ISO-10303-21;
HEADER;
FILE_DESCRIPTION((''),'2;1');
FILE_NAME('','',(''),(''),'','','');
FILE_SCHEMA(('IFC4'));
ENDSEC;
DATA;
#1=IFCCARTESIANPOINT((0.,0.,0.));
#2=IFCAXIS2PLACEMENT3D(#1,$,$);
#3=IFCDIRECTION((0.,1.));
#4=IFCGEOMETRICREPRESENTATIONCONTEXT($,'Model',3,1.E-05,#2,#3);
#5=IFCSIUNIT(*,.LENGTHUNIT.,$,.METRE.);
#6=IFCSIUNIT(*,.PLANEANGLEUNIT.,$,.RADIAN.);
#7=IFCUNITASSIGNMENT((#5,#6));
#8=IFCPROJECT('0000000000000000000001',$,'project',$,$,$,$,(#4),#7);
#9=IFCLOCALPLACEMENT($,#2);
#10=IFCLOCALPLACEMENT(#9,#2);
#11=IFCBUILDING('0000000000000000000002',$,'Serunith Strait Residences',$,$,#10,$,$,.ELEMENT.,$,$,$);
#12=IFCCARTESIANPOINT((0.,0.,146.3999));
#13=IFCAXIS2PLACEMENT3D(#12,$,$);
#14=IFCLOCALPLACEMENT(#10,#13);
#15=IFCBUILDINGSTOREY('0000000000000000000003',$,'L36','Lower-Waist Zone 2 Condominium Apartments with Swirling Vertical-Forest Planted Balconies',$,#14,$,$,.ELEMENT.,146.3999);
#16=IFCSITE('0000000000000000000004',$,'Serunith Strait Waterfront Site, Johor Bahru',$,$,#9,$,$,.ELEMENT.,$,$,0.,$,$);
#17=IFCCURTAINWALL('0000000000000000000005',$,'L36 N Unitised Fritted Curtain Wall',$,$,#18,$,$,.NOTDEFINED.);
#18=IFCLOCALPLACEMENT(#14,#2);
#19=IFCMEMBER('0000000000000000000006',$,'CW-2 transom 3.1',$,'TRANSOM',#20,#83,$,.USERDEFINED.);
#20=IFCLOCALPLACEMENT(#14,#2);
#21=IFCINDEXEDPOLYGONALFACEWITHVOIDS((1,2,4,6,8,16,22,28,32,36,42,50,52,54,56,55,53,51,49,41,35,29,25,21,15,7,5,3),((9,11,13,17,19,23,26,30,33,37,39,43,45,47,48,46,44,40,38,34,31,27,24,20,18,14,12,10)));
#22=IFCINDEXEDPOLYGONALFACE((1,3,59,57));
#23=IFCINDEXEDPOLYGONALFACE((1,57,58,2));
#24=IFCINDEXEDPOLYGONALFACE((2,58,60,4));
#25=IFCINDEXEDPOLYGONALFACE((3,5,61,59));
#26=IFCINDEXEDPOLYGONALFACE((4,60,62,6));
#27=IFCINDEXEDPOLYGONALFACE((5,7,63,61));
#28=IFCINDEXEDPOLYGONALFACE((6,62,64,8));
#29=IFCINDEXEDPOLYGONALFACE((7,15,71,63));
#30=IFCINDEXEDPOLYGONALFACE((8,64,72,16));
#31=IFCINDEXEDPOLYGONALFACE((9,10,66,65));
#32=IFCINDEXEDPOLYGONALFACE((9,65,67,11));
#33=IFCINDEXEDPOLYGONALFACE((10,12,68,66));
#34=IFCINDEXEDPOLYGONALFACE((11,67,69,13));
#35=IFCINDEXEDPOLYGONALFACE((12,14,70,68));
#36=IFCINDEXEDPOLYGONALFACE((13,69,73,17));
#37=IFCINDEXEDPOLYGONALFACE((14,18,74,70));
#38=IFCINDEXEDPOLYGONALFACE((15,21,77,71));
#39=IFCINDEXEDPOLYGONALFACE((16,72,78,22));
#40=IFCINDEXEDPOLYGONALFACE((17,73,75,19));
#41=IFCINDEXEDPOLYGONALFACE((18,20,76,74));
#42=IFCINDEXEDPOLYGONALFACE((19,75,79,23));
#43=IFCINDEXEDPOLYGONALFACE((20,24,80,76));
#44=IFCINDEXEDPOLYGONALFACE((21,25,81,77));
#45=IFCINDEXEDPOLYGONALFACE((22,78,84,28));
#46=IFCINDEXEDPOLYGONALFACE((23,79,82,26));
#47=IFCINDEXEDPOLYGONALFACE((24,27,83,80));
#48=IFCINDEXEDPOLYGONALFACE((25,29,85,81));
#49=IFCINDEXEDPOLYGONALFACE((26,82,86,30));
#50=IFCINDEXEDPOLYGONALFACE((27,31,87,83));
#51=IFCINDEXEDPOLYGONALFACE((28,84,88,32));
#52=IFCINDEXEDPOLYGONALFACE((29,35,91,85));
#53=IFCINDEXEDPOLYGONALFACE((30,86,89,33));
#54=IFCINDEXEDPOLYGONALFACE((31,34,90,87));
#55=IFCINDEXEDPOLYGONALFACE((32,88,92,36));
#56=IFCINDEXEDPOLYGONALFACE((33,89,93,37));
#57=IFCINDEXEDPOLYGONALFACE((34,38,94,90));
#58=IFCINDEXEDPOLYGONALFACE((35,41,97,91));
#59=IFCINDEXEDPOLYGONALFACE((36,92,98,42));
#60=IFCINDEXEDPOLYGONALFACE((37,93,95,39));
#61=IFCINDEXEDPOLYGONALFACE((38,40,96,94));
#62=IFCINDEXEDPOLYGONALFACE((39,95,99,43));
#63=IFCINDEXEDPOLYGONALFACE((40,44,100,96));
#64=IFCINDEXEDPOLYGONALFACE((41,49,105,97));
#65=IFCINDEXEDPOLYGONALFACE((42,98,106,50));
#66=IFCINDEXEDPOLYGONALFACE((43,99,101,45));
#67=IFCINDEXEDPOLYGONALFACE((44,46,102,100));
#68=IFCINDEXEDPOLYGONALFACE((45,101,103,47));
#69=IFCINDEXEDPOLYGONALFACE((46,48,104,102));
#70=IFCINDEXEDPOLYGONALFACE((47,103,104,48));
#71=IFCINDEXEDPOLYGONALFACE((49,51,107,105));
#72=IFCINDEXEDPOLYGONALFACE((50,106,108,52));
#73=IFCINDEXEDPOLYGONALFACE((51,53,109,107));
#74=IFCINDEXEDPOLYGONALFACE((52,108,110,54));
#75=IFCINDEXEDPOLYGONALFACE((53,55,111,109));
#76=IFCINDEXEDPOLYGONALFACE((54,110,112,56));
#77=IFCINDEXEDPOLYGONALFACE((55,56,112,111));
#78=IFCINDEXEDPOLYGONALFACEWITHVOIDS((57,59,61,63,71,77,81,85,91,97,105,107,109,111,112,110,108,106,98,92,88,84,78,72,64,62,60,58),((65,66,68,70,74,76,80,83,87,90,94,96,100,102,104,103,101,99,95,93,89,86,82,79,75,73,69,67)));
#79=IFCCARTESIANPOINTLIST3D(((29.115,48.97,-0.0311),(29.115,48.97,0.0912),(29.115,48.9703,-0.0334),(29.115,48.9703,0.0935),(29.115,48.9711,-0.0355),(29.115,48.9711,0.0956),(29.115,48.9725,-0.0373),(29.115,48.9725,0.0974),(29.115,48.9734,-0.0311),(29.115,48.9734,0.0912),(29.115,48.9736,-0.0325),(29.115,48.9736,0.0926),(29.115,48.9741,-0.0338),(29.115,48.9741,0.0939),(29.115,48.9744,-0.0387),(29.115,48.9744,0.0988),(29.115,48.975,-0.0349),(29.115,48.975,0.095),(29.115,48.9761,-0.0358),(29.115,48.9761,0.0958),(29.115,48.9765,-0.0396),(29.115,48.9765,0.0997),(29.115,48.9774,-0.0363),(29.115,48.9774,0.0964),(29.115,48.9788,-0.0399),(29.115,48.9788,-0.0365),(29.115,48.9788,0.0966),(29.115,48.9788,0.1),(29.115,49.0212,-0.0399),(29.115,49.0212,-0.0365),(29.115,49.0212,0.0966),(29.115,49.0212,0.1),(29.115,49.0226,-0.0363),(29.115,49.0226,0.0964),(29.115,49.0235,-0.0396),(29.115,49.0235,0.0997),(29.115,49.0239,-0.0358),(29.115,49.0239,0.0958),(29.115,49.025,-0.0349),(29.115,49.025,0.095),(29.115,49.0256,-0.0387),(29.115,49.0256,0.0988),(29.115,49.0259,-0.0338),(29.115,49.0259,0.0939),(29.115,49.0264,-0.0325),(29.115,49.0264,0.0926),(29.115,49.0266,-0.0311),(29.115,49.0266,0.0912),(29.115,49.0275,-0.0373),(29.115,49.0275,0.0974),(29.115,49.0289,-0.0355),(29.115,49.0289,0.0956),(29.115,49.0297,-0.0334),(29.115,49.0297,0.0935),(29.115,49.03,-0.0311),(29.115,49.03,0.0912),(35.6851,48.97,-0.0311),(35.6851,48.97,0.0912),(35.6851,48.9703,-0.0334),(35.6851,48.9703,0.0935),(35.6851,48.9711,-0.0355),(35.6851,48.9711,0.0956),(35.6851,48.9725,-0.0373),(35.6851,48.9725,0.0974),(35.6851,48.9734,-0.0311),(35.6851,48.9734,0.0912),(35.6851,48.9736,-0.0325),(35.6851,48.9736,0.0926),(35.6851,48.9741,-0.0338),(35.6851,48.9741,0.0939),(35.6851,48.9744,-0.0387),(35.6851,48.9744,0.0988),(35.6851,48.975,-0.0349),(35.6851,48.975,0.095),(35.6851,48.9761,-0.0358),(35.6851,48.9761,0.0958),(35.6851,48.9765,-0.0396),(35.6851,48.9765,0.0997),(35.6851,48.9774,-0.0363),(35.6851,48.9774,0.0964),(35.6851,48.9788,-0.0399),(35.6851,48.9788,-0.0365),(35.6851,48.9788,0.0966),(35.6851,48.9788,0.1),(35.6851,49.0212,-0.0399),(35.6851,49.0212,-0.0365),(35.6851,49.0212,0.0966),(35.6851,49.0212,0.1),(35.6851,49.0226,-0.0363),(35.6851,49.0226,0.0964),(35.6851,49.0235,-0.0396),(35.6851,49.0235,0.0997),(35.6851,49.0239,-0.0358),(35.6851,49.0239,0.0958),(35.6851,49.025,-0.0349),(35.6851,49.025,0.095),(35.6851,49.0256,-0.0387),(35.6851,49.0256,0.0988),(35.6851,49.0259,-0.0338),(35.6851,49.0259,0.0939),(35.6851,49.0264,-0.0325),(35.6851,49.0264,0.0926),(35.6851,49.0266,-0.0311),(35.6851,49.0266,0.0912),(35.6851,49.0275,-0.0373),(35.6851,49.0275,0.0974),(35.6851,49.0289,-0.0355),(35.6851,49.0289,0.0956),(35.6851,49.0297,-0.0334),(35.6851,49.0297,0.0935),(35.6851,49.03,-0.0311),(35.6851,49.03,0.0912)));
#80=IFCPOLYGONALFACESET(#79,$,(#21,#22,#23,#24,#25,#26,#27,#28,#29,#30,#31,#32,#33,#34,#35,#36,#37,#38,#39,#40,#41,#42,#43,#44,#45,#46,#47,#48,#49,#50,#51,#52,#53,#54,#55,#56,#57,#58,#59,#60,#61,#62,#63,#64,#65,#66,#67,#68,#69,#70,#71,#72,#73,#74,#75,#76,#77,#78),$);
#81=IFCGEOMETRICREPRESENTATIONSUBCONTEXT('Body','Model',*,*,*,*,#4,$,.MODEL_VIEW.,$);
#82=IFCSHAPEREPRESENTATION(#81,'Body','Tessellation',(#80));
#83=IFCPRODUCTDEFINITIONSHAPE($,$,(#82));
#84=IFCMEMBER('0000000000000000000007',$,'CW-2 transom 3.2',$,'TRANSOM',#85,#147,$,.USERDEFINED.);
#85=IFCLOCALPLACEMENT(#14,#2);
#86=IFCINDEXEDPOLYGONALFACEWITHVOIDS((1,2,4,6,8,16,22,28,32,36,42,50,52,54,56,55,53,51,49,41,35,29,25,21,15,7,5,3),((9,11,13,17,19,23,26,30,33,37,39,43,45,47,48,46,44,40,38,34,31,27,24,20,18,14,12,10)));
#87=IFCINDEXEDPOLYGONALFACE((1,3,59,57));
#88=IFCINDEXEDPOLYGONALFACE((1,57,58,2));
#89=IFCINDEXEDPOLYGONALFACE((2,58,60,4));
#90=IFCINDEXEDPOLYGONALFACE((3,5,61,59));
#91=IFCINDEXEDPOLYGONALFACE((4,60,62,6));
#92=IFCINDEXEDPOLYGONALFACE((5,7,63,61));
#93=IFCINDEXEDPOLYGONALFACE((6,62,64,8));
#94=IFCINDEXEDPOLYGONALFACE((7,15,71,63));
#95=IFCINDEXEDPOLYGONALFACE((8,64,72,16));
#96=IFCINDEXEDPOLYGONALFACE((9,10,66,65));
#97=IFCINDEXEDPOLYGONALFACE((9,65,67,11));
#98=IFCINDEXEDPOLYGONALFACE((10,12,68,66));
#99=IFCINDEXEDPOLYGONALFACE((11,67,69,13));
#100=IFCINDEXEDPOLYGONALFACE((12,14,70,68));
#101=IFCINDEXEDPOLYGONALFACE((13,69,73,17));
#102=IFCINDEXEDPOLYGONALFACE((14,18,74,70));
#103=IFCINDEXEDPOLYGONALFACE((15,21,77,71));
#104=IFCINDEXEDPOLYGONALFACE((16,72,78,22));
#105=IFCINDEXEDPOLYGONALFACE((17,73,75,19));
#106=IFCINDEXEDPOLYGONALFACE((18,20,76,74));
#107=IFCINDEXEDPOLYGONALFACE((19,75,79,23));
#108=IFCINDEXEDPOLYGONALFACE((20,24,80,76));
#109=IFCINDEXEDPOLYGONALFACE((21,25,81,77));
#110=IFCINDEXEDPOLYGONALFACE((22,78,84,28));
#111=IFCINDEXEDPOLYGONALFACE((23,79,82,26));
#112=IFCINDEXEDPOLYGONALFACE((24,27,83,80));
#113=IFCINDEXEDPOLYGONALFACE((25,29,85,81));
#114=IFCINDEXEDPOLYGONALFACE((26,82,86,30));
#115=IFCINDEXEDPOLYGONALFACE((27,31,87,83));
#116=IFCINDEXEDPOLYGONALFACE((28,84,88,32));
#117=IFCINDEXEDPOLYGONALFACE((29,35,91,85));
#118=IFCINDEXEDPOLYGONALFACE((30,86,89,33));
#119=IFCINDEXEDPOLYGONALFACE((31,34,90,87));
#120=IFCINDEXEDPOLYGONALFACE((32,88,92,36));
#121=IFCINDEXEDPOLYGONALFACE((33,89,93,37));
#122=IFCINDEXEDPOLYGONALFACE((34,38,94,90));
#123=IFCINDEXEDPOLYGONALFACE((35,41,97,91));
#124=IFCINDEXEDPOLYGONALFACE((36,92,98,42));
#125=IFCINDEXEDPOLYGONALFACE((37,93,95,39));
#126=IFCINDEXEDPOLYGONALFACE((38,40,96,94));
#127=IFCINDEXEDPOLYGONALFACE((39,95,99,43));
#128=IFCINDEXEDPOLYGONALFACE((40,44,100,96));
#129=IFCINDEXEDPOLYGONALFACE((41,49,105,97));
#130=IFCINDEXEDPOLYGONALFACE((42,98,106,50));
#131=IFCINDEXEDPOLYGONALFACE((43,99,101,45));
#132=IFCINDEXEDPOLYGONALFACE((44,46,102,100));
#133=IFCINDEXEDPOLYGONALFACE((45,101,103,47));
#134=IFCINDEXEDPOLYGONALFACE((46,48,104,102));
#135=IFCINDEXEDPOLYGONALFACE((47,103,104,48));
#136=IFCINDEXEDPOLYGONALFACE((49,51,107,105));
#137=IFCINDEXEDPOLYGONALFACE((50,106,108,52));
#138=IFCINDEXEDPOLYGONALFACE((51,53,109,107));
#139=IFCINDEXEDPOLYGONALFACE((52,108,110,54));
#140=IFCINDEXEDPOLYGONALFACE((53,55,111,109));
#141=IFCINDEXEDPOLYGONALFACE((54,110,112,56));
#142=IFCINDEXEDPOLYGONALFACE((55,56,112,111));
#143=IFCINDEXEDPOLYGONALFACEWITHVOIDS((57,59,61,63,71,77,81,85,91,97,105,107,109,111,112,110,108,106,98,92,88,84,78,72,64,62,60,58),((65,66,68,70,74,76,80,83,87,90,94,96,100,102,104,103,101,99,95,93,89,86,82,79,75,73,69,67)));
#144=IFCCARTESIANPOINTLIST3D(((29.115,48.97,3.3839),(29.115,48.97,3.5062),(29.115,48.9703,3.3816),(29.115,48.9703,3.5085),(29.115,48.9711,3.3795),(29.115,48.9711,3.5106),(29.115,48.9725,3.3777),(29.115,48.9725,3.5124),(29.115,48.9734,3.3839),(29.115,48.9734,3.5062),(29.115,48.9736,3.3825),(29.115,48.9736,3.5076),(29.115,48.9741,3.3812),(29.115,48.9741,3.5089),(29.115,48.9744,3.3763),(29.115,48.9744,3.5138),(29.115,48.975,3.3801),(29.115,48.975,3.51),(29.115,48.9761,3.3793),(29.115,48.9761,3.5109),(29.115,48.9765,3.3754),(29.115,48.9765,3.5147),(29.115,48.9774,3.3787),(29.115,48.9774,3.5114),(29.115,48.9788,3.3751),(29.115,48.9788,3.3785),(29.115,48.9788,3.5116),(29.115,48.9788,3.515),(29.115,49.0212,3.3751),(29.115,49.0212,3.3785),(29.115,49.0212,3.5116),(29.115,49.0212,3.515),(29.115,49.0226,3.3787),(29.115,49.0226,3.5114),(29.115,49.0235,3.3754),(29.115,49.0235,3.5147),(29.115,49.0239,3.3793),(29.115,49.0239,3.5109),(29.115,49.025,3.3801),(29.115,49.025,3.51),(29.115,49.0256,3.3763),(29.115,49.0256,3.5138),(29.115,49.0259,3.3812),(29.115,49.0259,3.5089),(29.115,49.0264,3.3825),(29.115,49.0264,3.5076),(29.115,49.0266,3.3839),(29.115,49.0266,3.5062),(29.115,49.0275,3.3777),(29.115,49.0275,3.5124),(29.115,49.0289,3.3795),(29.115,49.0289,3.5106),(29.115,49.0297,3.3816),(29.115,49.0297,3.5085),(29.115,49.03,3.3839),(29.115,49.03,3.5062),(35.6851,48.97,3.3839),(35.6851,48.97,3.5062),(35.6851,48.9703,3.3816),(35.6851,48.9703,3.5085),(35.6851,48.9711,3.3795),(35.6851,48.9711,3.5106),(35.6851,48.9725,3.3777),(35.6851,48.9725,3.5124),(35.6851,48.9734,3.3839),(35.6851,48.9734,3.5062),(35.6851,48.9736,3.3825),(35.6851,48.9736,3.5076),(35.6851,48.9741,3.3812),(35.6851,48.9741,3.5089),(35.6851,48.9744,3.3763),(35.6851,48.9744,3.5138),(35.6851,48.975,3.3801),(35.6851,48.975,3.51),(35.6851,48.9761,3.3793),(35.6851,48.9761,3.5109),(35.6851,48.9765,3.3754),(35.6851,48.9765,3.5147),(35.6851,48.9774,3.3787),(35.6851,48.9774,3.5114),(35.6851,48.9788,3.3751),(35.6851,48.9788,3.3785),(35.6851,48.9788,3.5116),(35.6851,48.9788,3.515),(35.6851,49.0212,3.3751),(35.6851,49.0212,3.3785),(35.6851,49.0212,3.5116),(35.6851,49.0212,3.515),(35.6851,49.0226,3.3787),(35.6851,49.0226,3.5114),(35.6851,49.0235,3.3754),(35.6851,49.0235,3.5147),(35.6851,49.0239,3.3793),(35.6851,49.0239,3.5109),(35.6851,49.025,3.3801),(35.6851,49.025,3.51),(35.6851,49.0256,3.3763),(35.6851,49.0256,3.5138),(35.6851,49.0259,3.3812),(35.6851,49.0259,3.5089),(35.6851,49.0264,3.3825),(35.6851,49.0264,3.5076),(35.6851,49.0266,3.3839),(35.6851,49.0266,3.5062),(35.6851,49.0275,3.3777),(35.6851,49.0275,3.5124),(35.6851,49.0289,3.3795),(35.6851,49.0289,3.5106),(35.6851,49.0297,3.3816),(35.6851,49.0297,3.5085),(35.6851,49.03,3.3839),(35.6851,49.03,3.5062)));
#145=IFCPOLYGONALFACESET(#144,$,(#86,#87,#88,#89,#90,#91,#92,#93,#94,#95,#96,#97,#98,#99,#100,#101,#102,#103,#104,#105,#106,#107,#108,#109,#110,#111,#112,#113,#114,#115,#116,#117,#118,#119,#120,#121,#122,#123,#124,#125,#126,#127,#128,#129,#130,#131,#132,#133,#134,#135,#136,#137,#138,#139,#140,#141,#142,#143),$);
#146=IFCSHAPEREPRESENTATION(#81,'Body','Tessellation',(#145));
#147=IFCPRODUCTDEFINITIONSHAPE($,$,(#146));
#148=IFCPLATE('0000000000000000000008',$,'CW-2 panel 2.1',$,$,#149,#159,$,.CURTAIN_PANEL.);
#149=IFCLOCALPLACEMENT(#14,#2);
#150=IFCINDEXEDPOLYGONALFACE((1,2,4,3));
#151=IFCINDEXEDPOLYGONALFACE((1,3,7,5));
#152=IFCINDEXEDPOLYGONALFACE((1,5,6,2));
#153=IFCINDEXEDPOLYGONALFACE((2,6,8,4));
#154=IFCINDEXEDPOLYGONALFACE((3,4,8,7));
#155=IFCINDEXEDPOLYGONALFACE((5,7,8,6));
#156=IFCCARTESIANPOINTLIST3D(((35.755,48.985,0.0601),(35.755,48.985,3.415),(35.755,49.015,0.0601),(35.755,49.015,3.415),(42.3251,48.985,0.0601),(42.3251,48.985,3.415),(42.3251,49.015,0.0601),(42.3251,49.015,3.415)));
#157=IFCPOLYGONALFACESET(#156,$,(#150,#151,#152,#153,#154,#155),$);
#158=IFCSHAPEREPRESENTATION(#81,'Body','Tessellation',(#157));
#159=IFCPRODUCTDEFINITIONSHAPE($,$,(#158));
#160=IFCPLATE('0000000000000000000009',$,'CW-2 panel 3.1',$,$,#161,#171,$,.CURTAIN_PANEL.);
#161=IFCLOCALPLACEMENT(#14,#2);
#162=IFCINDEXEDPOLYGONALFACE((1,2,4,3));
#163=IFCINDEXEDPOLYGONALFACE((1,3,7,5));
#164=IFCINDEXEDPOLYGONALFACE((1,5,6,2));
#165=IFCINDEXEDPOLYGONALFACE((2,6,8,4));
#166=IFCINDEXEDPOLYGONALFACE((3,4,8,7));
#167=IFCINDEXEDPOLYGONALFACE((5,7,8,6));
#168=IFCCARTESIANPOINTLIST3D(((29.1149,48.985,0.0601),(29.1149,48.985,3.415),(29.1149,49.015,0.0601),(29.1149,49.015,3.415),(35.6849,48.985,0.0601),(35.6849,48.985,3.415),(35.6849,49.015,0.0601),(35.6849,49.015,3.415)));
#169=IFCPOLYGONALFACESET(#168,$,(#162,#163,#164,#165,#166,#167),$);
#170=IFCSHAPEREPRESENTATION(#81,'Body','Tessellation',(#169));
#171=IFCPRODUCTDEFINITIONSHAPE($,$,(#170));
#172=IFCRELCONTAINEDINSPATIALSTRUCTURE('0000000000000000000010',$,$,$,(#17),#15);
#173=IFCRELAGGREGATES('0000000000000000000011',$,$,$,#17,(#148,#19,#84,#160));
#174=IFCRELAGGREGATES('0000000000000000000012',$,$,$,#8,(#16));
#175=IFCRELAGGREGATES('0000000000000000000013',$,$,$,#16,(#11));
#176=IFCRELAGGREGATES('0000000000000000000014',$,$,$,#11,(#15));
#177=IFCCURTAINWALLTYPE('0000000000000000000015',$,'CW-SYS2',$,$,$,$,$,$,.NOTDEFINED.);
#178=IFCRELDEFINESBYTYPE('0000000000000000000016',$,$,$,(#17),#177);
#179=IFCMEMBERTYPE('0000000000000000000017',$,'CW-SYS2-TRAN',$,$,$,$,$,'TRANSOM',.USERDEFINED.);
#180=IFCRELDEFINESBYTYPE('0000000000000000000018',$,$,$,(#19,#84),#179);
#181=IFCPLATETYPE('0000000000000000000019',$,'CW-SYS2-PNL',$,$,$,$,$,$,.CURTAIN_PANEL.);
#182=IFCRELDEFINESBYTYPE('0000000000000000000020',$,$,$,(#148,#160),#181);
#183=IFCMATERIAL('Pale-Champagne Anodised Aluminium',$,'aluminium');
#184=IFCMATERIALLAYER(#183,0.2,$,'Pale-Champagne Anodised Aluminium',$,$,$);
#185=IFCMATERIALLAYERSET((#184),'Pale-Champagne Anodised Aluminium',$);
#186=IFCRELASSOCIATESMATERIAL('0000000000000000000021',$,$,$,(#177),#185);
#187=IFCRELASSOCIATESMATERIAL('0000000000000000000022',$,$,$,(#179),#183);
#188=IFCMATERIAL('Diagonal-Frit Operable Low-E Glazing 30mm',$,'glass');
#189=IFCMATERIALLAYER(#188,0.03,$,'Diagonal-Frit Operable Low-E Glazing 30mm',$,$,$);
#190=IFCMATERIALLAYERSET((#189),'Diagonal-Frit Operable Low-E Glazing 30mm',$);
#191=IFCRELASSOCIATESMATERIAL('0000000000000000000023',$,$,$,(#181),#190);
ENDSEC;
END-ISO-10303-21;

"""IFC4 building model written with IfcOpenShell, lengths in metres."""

from ifc_helpers import new_model, si_unit, direction, frame, origin, origin_2d, place, context, subcontext, project, spatial, rectangle, hollow_rectangle, extrude, source, transform, mapped, material, layer, layer_set, material_profile, profile_set, type_object, element, aggregate, save


model = new_model("IFC4")

# Units and contexts
model_context = context("Model", 3, precision=1e-05, world=origin(), true_north=direction((0.0, 1.0)))
body_context = subcontext(model_context, "Body", "Model", "MODEL_VIEW")
ifc_project = project(units=[si_unit("LENGTHUNIT", "METRE"), si_unit("PLANEANGLEUNIT", "RADIAN")], contexts=[model_context])

# Site, building, storey
site_placement = place(None, origin())
site = spatial("IfcSite", under=ifc_project, at=site_placement, Name="Serunith Strait Waterfront Site, Johor Bahru", CompositionType="ELEMENT", RefElevation=0.0)
building_placement = place(site_placement, origin())
building = spatial("IfcBuilding", under=site, at=building_placement, Name="Serunith Strait Residences", CompositionType="ELEMENT")
storey_placement = place(building_placement, frame((0.0, 0.0, 146.3999)))
storey = spatial("IfcBuildingStorey", under=building, at=storey_placement, Name="L36", Description="Lower-Waist Zone 2 Condominium Apartments with Swirling Vertical-Forest Planted Balconies", CompositionType="ELEMENT", Elevation=146.3999)

# Curtain wall, members, plates
ifc_material_1 = material(Name="Pale-Champagne Anodised Aluminium", Category="aluminium")
ifc_layer_1 = layer(ifc_material_1, 0.2, Name="Pale-Champagne Anodised Aluminium")
ifc_layer_set_1 = layer_set([ifc_layer_1], Name="Pale-Champagne Anodised Aluminium")
curtain_wall_type = type_object("IfcCurtainWallType", Name="CW-SYS2", PredefinedType="NOTDEFINED", material=ifc_layer_set_1)
curtain_wall_placement = place(storey_placement, origin())
curtain_wall = element("IfcCurtainWall", 1, at=curtain_wall_placement, inside=storey, type_object=curtain_wall_type, Name="L36 N Unitised Fritted Curtain Wall", PredefinedType="NOTDEFINED")
ifc_material_profile_1 = material_profile(ifc_material_1, hollow_rectangle(XDim=0.0601, YDim=0.1399, WallThickness=0.0034, InnerFilletRadius=0.0054, OuterFilletRadius=0.0088, at=origin_2d()), Name="ALU 140x60x3.5")
ifc_profile_set_1 = profile_set([ifc_material_profile_1], Name="Pale-Champagne Anodised Aluminium")
member_type_1 = type_object("IfcMemberType", Name="CW-SYS2-TRAN", ElementType="TRANSOM", PredefinedType="USERDEFINED", material=ifc_profile_set_1)
shared_shape_1 = source(origin(), body_context, "Body", "SweptSolid", [
    extrude(hollow_rectangle(XDim=0.0601, YDim=0.1399, WallThickness=0.0034, InnerFilletRadius=0.0054, OuterFilletRadius=0.0088, at=origin_2d()), origin(), (0.0, 0.0, 1.0), 6.5701),
])
member_1_placement = place(storey_placement, frame((35.6851, 49.0, 0.03), z_axis=(-1.0, 0.0, 0.0), x_axis=(0.0, -1.0, 0.0)))
member_1 = element("IfcMember", 2, at=member_1_placement, type_object=member_type_1, Name="CW-2 transom 3.1", ObjectType="TRANSOM", PredefinedType="USERDEFINED", context=body_context, shape_type="MappedRepresentation", body=[
    mapped(shared_shape_1, transform((0.0, 0.0, 0.0), scale=1.0)),
])
member_2_placement = place(storey_placement, frame((35.6851, 49.0, 3.4451), z_axis=(-1.0, 0.0, 0.0), x_axis=(0.0, -1.0, 0.0)))
member_2 = element("IfcMember", 3, at=member_2_placement, type_object=member_type_1, Name="CW-2 transom 3.2", ObjectType="TRANSOM", PredefinedType="USERDEFINED", context=body_context, shape_type="MappedRepresentation", body=[
    mapped(shared_shape_1, transform((0.0, 0.0, 0.0), scale=1.0)),
])
ifc_material_2 = material(Name="Diagonal-Frit Operable Low-E Glazing 30mm", Category="glass")
ifc_layer_2 = layer(ifc_material_2, 0.03, Name="Diagonal-Frit Operable Low-E Glazing 30mm")
ifc_layer_set_2 = layer_set([ifc_layer_2], Name="Diagonal-Frit Operable Low-E Glazing 30mm")
plate_type = type_object("IfcPlateType", Name="CW-SYS2-PNL", PredefinedType="CURTAIN_PANEL", material=ifc_layer_set_2)
shared_shape_2 = source(origin(), body_context, "Body", "SweptSolid", [
    extrude(rectangle(XDim=6.5701, YDim=0.03, at=origin_2d()), origin(), (0.0, 0.0, 1.0), 3.355),
])
plate_1_placement = place(storey_placement, frame((39.04, 49.0, 0.0601), z_axis=(0.0, 0.0, 1.0), x_axis=(-1.0, 0.0, 0.0)))
plate_1 = element("IfcPlate", 4, at=plate_1_placement, type_object=plate_type, Name="CW-2 panel 2.1", PredefinedType="CURTAIN_PANEL", context=body_context, shape_type="MappedRepresentation", body=[
    mapped(shared_shape_2, transform((0.0, 0.0, 0.0), scale=1.0)),
])
plate_2_placement = place(storey_placement, frame((32.3999, 49.0, 0.0601), z_axis=(0.0, 0.0, 1.0), x_axis=(-1.0, 0.0, 0.0)))
plate_2 = element("IfcPlate", 5, at=plate_2_placement, type_object=plate_type, Name="CW-2 panel 3.1", PredefinedType="CURTAIN_PANEL", context=body_context, shape_type="MappedRepresentation", body=[
    mapped(shared_shape_2, transform((0.0, 0.0, 0.0), scale=1.0)),
])
aggregate(curtain_wall, [plate_1, member_1, member_2, plate_2])

save(model, "model.ifc")
